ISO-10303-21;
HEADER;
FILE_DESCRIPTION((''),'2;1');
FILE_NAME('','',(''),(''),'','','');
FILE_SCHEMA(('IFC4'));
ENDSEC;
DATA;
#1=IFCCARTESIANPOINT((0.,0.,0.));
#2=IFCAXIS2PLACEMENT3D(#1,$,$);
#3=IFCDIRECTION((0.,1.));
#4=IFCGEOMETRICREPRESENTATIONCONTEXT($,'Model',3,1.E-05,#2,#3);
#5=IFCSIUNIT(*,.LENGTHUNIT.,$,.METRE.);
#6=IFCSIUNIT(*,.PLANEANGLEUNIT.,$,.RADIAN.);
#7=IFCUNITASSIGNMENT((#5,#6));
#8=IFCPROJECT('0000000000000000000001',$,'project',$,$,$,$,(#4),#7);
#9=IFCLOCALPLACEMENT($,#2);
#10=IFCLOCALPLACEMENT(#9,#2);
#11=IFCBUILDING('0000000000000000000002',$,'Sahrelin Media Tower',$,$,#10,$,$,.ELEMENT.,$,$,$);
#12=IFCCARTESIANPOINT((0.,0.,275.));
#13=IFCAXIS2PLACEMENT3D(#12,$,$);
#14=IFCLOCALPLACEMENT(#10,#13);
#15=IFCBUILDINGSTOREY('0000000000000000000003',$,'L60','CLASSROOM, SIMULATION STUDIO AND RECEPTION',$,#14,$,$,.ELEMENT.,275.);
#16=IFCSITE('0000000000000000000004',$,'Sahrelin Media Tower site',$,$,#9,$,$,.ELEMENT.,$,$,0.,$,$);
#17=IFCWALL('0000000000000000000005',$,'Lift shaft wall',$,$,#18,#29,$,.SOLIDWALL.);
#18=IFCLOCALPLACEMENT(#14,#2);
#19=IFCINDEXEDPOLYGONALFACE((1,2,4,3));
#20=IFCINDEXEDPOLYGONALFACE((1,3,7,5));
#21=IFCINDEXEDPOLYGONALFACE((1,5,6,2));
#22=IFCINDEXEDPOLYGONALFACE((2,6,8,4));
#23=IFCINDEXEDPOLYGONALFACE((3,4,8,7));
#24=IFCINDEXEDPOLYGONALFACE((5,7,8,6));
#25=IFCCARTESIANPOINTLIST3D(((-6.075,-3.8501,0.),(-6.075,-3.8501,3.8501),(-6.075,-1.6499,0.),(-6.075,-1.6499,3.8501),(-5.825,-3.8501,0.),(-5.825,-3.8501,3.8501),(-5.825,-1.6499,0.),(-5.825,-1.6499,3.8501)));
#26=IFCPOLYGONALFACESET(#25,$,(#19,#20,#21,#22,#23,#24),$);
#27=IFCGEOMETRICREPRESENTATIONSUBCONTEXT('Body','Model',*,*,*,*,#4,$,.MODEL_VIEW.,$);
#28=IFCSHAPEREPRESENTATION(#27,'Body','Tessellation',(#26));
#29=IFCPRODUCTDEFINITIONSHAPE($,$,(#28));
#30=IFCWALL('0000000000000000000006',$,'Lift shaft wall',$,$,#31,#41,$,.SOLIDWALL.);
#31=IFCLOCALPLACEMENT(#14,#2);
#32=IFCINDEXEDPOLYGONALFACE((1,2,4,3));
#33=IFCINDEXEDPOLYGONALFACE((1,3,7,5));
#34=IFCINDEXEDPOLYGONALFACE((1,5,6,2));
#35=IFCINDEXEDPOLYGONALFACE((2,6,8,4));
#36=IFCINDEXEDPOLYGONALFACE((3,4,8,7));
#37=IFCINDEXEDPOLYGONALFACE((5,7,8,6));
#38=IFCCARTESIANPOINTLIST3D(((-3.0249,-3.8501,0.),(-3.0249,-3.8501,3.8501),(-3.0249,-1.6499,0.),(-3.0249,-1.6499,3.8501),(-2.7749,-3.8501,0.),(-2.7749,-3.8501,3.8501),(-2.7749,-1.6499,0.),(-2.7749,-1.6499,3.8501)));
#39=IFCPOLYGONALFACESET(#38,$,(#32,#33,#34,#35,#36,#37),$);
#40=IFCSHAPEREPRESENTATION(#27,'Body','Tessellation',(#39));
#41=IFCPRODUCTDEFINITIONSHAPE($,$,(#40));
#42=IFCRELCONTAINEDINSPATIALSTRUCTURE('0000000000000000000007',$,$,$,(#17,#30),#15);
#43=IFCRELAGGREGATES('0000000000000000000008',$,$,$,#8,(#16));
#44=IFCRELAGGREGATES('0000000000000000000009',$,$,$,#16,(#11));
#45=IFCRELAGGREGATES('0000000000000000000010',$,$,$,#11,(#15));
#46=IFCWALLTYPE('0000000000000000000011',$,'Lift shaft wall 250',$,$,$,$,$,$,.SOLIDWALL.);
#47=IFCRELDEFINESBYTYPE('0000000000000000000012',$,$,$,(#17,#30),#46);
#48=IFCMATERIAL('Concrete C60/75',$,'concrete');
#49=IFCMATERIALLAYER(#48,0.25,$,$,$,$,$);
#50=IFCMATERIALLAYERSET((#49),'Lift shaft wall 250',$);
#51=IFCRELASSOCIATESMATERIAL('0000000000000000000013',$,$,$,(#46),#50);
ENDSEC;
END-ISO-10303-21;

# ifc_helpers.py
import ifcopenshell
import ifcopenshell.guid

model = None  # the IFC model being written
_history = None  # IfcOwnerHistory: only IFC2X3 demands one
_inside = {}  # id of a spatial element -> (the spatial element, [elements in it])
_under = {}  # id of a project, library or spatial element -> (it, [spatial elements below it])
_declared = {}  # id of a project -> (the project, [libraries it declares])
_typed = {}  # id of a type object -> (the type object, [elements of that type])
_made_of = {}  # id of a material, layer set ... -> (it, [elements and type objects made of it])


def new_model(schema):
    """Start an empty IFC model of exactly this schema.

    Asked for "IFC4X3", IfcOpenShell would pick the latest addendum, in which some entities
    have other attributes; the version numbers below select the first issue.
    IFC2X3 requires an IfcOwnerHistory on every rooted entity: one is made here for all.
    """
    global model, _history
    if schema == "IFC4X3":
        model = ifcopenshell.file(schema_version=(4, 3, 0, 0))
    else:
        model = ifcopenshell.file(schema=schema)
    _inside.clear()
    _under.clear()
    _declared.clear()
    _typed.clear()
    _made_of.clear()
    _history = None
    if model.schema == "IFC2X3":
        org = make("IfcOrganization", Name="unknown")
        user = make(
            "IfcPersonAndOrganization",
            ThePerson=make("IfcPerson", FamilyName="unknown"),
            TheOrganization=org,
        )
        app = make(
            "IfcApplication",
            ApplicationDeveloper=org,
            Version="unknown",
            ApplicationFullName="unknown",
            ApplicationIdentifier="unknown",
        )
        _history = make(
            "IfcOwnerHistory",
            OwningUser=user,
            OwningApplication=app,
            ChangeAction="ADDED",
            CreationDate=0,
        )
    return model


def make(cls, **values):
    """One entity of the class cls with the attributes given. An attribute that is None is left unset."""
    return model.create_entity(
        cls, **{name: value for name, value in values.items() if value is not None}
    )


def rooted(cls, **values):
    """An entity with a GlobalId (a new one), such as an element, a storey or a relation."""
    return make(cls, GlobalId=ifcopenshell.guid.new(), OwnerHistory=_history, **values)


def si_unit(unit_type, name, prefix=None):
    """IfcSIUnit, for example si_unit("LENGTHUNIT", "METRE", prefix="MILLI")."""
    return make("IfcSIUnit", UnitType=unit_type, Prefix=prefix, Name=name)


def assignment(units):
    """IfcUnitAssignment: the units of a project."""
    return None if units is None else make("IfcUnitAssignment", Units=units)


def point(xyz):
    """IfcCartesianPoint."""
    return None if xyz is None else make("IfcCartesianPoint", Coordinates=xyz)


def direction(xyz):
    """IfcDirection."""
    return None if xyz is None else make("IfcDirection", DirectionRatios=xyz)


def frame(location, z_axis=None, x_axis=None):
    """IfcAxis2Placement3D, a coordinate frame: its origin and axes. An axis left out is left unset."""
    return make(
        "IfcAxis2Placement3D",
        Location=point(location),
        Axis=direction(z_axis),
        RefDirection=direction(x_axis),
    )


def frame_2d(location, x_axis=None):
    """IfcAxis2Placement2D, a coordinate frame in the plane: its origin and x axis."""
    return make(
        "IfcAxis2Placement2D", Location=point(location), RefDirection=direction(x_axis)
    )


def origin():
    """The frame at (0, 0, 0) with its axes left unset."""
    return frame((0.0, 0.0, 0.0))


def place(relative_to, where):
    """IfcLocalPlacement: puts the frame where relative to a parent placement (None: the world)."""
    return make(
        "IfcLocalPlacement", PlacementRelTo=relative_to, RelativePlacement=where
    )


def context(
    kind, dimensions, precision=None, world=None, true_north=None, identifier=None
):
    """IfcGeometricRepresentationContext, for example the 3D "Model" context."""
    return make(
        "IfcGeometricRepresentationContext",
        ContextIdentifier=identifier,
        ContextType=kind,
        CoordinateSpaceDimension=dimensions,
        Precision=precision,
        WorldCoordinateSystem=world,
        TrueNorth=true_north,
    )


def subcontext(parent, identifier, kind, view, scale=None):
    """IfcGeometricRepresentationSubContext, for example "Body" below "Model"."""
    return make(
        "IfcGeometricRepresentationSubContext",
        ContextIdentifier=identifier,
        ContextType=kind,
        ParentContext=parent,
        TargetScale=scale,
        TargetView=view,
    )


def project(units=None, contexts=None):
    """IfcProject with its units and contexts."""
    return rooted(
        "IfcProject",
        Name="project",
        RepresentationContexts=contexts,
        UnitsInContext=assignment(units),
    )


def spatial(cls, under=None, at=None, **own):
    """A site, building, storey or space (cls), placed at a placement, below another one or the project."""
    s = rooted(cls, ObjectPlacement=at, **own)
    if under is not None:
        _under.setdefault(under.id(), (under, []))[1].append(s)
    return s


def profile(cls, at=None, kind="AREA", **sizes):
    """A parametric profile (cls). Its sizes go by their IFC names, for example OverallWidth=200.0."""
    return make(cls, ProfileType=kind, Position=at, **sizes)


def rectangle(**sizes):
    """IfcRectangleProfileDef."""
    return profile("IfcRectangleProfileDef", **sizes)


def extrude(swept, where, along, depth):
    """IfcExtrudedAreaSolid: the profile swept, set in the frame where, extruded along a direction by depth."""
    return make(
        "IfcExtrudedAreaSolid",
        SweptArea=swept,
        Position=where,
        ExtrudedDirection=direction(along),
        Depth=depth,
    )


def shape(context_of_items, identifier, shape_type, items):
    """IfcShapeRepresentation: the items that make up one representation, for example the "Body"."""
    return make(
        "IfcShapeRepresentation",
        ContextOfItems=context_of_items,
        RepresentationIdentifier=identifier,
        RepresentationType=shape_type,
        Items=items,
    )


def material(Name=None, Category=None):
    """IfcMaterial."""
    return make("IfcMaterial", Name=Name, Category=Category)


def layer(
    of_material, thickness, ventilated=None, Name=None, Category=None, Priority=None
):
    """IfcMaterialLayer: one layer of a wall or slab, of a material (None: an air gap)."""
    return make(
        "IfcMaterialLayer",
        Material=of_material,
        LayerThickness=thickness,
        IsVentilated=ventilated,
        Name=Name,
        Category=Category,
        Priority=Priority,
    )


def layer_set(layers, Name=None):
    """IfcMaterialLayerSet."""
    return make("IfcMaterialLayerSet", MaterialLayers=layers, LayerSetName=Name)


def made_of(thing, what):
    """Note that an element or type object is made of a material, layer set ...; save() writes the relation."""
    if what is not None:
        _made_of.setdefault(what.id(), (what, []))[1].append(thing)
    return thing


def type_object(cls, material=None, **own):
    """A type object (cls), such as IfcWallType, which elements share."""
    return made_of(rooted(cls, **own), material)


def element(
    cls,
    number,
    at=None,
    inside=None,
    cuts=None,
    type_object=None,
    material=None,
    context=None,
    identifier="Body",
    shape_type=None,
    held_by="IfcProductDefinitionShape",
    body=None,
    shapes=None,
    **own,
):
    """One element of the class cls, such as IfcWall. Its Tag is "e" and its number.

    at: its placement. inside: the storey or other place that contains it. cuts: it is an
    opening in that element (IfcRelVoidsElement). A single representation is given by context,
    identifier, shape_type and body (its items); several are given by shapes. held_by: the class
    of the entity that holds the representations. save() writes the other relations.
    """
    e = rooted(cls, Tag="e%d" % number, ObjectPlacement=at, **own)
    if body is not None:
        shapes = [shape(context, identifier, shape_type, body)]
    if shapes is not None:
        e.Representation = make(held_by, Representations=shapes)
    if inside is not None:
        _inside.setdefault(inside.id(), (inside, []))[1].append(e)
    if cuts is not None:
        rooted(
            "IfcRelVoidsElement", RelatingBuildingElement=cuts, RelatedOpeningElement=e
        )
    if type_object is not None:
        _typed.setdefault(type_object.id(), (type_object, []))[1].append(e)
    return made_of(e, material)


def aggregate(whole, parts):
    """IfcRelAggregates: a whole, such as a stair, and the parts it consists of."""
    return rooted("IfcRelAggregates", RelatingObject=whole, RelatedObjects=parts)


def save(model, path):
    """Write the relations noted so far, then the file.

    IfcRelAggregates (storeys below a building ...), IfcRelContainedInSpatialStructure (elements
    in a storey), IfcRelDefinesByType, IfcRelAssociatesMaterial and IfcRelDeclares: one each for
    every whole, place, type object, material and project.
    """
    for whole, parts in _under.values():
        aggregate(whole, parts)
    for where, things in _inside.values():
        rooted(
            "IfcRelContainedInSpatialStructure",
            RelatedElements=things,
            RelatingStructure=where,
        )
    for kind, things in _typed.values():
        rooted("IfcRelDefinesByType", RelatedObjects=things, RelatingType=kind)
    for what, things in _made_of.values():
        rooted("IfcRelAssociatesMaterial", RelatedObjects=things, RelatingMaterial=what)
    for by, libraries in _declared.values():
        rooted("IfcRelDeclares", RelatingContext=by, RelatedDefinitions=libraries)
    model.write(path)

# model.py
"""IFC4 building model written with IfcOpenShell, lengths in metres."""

from ifc_helpers import new_model, si_unit, direction, frame, frame_2d, origin, place, context, subcontext, project, spatial, rectangle, extrude, material, layer, layer_set, type_object, element, save


model = new_model("IFC4")

# Units and contexts
model_context = context("Model", 3, precision=1e-05, world=origin(), true_north=direction((0.0, 1.0)))
body_context = subcontext(model_context, "Body", "Model", "MODEL_VIEW")
ifc_project = project(units=[si_unit("LENGTHUNIT", "METRE"), si_unit("PLANEANGLEUNIT", "RADIAN")], contexts=[model_context])

# Site, building, storey
site_placement = place(None, origin())
site = spatial("IfcSite", under=ifc_project, at=site_placement, Name="Sahrelin Media Tower site", CompositionType="ELEMENT", RefElevation=0.0)
building_placement = place(site_placement, origin())
building = spatial("IfcBuilding", under=site, at=building_placement, Name="Sahrelin Media Tower", CompositionType="ELEMENT")
storey_placement = place(building_placement, frame((0.0, 0.0, 275.0)))
storey = spatial("IfcBuildingStorey", under=building, at=storey_placement, Name="L60", Description="CLASSROOM, SIMULATION STUDIO AND RECEPTION", CompositionType="ELEMENT", Elevation=275.0)

# Shared definitions
ifc_material_1 = material(Name="Concrete C60/75", Category="concrete")

# Shared definitions
ifc_layer_1 = layer(ifc_material_1, 0.25)
ifc_layer_set_1 = layer_set([ifc_layer_1], Name="Lift shaft wall 250")
wall_type_1 = type_object("IfcWallType", Name="Lift shaft wall 250", PredefinedType="SOLIDWALL", material=ifc_layer_set_1)

# Walls
for number, where, z_axis, x_axis, name in (
    (1, (-5.95, -3.8501, 0.0), (0.0, 0.0, 1.0), (0.0, 1.0, 0.0), "Lift shaft wall"),
    (2, (-2.8999, -3.8501, 0.0), (0.0, 0.0, 1.0), (0.0, 1.0, 0.0), "Lift shaft wall"),
):
    element("IfcWall", number, at=place(storey_placement, frame(where, z_axis=z_axis, x_axis=x_axis)), inside=storey, type_object=wall_type_1, Name=name, PredefinedType="SOLIDWALL", context=body_context, shape_type="SweptSolid", body=[
        extrude(rectangle(XDim=2.2002, YDim=0.25, at=frame_2d((1.1001, 0.0))), origin(), (0.0, 0.0, 1.0), 3.8501),
    ])

save(model, "model.ifc")
